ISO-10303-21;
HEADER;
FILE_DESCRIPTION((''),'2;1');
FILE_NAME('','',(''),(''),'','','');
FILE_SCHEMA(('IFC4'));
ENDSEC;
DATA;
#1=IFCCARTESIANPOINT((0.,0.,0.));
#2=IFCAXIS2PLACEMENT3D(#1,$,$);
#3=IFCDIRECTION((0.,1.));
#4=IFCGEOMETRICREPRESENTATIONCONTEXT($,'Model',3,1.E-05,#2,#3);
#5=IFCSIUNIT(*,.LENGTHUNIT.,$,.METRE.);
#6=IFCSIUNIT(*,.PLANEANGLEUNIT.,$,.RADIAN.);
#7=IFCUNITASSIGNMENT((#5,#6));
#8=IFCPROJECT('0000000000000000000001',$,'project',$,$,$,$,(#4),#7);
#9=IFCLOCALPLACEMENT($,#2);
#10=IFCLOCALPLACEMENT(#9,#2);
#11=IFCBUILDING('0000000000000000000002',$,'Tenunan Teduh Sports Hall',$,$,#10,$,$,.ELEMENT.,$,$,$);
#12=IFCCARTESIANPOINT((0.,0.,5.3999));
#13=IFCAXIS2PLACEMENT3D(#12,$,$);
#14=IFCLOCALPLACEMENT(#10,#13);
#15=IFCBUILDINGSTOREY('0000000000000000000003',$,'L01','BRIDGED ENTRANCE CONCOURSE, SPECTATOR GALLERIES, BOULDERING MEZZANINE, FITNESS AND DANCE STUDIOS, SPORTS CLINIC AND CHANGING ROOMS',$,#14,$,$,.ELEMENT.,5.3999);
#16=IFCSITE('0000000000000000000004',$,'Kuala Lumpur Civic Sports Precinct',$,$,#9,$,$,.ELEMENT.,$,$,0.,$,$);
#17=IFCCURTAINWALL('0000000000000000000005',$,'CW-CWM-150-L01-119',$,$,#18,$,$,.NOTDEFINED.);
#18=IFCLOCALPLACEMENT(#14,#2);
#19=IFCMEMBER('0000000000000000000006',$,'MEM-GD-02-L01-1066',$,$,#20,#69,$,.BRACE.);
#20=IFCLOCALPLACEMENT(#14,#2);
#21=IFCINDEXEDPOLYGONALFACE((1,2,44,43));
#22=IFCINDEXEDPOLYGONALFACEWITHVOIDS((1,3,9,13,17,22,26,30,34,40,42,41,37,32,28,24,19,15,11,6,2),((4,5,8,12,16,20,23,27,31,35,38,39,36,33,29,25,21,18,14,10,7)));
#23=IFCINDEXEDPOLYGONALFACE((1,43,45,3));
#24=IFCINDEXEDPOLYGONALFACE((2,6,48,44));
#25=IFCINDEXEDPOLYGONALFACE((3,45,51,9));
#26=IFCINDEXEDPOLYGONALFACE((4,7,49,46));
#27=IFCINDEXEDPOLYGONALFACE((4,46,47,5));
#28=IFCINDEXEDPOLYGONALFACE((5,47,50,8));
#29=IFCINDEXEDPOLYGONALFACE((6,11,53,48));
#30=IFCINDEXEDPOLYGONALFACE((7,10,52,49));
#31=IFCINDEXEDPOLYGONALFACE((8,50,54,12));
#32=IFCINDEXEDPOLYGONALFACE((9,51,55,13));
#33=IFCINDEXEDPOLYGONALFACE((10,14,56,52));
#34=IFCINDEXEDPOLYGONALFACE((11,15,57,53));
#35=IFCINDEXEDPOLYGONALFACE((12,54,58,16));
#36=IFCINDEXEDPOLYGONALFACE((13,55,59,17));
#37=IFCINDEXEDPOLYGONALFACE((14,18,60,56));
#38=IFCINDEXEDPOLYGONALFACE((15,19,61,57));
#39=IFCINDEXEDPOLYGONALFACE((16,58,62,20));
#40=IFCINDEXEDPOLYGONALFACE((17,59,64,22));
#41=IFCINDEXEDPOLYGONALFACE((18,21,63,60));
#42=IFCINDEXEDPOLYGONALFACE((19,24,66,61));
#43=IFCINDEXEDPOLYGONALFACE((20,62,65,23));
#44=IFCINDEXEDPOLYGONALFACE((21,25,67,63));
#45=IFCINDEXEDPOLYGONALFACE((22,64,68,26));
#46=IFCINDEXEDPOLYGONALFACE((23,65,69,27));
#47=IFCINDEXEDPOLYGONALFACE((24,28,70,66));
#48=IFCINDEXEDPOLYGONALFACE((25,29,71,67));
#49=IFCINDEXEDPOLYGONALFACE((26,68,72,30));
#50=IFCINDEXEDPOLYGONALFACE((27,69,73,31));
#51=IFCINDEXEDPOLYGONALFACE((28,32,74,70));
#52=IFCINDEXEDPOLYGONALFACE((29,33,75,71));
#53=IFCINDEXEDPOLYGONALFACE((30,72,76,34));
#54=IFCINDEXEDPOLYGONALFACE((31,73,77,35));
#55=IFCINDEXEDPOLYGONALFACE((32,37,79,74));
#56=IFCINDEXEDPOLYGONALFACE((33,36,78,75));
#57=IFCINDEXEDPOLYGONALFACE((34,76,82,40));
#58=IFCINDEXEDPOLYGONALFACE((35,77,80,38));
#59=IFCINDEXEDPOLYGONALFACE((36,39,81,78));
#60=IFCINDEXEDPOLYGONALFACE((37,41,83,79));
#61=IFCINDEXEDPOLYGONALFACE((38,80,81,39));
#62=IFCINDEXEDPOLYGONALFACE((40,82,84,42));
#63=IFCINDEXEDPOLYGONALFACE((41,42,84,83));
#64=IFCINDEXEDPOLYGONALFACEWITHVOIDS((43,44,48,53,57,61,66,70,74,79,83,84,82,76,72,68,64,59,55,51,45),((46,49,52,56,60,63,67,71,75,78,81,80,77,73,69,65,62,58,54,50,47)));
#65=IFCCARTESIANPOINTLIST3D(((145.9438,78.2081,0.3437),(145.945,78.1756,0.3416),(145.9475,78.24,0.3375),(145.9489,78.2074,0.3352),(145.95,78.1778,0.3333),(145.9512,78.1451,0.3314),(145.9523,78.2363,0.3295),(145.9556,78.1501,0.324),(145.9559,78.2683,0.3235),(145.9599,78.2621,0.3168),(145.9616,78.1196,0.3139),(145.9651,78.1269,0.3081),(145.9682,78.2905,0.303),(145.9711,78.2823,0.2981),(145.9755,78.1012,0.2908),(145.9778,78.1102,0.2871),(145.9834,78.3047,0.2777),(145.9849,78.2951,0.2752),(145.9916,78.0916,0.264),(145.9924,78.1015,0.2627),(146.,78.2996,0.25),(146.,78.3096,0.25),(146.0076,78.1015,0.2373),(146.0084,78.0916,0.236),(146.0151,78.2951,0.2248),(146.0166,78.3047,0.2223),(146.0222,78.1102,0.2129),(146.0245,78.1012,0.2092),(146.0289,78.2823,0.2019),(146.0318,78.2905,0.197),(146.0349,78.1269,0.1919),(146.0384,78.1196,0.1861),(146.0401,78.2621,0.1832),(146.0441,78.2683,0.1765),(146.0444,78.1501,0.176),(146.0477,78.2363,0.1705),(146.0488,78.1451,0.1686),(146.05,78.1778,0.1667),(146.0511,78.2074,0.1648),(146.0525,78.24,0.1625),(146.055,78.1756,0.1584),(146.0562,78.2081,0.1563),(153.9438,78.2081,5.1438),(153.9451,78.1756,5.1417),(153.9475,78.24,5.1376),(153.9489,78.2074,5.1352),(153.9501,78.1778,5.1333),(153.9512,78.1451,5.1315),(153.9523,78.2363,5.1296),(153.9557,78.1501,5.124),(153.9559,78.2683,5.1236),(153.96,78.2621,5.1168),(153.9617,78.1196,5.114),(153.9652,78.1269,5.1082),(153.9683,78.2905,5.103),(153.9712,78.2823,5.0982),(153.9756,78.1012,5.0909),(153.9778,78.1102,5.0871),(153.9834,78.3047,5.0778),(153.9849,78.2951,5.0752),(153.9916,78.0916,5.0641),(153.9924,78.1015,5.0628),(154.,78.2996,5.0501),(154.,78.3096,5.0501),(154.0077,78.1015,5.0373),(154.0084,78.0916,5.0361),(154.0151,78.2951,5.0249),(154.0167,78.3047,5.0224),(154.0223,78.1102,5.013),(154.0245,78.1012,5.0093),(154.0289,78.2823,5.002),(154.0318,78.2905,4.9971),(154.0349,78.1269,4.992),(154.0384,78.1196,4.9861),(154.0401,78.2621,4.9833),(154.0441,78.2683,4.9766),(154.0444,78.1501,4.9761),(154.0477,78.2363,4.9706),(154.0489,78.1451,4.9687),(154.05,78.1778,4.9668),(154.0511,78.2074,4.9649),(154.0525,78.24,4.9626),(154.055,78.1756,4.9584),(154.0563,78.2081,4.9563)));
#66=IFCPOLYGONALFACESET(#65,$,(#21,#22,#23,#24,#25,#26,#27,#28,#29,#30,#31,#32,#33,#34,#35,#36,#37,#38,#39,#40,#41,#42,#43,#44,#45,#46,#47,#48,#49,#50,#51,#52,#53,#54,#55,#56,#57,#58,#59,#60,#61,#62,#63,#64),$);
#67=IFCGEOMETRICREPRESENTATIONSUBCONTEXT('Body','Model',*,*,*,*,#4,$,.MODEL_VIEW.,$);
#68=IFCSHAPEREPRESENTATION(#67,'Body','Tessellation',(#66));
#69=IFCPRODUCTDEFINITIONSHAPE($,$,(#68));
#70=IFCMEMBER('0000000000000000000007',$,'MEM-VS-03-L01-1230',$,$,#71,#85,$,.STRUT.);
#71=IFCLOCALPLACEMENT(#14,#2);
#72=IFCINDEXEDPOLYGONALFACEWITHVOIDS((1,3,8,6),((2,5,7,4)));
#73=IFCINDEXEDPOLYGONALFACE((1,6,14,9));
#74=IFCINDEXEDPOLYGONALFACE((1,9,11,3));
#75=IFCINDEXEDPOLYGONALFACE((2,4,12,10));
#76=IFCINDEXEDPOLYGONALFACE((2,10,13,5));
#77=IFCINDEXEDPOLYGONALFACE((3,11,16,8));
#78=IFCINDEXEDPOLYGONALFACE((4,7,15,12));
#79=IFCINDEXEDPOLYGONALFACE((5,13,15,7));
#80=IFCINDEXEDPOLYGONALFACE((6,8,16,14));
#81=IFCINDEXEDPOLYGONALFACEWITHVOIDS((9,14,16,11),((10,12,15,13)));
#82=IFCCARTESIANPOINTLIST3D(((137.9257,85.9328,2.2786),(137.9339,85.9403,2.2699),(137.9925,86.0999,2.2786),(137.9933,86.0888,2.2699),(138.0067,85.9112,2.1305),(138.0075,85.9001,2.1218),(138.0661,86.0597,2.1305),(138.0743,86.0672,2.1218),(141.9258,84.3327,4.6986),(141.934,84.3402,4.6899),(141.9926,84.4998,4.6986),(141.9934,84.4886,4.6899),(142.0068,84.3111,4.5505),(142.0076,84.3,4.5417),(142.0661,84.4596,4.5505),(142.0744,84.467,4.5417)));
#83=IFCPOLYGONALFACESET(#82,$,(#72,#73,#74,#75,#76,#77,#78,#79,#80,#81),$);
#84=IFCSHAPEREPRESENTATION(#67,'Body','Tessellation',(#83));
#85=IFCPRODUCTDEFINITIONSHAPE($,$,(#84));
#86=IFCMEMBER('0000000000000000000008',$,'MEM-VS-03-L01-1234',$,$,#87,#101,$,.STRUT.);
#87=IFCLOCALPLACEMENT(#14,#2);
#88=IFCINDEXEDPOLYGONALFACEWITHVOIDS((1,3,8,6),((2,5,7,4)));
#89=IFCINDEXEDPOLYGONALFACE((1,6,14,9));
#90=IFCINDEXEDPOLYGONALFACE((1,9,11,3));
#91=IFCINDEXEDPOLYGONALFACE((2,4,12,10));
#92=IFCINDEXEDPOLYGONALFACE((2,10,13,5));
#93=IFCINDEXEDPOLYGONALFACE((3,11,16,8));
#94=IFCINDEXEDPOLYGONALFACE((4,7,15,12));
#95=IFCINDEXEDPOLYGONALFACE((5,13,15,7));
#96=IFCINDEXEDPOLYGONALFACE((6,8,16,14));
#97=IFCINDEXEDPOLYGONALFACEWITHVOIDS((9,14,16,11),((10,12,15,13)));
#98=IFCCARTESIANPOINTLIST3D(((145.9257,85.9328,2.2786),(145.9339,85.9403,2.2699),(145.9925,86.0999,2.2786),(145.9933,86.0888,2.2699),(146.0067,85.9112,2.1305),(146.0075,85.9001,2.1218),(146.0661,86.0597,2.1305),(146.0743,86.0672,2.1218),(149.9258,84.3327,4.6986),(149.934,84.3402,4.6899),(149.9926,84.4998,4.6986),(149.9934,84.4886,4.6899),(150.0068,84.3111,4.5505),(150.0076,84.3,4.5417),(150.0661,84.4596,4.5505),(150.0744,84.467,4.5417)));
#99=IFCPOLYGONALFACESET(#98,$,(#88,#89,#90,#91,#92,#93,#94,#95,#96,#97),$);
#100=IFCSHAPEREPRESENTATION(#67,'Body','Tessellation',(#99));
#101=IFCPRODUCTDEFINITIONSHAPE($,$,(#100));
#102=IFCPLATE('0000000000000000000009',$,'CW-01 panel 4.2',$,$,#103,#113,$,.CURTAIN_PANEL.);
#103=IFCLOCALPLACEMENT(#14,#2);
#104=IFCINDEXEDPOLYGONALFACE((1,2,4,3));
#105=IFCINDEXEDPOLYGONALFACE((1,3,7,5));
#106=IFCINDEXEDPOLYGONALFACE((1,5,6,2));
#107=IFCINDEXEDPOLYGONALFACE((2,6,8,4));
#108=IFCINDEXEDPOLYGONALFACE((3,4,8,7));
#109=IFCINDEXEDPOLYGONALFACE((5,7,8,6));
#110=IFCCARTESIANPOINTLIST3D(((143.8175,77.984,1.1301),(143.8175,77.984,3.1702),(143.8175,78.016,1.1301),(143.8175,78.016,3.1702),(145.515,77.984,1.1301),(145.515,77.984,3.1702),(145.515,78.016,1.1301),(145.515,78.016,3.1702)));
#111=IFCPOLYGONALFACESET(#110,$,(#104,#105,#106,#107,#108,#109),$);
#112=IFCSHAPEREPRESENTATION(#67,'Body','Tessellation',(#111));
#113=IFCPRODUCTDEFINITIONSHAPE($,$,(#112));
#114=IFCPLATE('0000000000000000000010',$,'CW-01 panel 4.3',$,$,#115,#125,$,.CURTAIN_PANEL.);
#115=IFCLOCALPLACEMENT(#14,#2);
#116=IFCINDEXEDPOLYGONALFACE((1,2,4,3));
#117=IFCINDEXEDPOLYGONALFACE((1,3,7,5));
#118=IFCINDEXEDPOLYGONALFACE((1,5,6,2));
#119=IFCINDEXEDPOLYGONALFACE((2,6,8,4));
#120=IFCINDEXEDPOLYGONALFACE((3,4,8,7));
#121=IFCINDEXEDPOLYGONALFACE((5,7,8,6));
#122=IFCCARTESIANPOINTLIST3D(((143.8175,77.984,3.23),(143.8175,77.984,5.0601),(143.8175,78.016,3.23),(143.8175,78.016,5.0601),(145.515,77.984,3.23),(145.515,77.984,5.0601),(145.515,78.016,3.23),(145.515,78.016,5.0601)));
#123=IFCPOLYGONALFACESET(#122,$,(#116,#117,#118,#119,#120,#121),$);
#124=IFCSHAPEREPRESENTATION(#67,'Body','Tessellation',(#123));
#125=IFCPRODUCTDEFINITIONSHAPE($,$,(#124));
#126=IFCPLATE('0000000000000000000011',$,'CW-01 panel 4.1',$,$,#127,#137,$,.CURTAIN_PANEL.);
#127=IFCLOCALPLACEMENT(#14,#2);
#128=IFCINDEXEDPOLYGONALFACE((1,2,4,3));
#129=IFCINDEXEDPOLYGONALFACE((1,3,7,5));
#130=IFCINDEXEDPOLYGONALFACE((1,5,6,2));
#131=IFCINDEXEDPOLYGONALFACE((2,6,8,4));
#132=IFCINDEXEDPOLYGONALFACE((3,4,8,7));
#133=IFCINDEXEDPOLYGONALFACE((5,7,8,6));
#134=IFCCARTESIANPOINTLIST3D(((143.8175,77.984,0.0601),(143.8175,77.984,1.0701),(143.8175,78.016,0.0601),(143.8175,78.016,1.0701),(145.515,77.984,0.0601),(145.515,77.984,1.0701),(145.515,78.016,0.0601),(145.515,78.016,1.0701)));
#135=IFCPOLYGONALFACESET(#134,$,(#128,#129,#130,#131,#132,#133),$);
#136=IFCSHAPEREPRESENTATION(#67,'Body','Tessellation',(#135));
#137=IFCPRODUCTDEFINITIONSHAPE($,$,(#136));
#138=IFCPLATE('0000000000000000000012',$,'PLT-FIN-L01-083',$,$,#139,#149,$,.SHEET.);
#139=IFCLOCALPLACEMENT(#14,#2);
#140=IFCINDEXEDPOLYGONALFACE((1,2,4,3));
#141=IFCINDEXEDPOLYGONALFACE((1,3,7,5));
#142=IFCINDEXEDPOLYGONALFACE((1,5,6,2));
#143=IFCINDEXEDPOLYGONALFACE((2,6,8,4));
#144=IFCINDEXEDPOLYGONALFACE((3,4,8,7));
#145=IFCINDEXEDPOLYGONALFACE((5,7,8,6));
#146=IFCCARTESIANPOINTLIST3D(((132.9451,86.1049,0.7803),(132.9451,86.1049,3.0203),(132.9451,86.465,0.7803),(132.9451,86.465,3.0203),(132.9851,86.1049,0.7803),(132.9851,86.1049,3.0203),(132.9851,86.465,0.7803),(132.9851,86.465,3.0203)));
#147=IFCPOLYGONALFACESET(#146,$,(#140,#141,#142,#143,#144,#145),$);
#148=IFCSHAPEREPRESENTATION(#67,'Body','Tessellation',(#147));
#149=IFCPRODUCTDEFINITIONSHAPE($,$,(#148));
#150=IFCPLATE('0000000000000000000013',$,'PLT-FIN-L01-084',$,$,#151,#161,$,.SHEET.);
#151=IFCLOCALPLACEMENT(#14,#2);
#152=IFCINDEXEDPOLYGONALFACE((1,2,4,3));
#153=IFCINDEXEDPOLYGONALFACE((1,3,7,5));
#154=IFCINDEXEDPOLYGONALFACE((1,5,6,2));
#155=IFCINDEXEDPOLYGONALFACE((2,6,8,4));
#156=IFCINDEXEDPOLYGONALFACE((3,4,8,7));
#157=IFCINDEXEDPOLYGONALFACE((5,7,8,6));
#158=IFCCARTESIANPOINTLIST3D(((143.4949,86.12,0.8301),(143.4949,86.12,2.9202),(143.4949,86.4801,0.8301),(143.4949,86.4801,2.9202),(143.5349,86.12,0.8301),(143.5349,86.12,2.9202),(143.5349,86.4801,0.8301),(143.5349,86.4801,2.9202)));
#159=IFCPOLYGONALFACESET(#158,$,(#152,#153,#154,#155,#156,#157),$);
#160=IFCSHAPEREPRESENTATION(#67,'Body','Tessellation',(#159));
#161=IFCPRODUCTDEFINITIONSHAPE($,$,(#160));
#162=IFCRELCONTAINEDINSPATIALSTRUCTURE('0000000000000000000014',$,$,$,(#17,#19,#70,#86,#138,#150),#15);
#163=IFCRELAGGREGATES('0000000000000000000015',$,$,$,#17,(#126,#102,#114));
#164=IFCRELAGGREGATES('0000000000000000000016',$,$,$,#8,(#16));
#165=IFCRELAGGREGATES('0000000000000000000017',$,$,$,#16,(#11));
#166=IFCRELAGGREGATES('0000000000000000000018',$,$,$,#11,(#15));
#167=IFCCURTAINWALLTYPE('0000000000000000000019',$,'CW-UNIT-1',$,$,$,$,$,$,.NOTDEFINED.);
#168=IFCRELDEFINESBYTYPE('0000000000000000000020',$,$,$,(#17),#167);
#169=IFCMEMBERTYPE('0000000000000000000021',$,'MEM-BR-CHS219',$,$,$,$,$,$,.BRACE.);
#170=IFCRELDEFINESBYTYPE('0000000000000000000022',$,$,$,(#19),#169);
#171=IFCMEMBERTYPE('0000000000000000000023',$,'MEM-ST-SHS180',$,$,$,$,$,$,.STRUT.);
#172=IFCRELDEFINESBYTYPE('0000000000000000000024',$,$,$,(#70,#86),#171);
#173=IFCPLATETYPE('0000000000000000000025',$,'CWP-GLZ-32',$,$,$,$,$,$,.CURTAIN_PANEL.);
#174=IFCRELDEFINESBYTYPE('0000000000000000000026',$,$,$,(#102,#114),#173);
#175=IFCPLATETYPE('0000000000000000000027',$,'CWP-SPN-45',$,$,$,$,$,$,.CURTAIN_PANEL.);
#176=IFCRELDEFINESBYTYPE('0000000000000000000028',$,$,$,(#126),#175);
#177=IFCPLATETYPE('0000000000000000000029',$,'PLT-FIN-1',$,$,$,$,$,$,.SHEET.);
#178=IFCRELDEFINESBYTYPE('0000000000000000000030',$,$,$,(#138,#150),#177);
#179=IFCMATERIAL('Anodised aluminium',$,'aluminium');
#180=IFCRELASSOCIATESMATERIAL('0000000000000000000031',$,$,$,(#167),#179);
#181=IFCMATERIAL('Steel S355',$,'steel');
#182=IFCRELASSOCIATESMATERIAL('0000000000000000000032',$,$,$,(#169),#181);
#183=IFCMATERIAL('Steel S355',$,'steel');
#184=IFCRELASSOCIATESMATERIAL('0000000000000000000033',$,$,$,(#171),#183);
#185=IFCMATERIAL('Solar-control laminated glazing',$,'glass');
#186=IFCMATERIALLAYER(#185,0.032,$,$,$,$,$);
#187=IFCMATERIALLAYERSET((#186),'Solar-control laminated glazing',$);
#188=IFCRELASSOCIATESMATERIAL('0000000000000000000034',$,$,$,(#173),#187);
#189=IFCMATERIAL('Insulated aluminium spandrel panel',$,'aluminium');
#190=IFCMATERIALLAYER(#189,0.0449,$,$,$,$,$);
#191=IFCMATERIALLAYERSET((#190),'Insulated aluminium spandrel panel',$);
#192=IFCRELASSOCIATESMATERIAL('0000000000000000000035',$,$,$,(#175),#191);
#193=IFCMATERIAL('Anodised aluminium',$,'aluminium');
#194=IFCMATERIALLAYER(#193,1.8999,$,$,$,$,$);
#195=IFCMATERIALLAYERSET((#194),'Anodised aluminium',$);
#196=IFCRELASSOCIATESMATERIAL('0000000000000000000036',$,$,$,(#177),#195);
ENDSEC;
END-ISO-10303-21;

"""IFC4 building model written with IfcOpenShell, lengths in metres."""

from ifc_helpers import new_model, si_unit, direction, frame, origin, origin_2d, place, context, subcontext, project, spatial, rectangle, hollow_rectangle, hollow_circle, extrude, material, layer, layer_set, material_profile, profile_set, type_object, element, aggregate, save


model = new_model("IFC4")

# Units and contexts
model_context = context("Model", 3, precision=1e-05, world=origin(), true_north=direction((0.0, 1.0)))
body_context = subcontext(model_context, "Body", "Model", "MODEL_VIEW")
ifc_project = project(units=[si_unit("LENGTHUNIT", "METRE"), si_unit("PLANEANGLEUNIT", "RADIAN")], contexts=[model_context])

# Site, building, storey
site_placement = place(None, origin())
site = spatial("IfcSite", under=ifc_project, at=site_placement, Name="Kuala Lumpur Civic Sports Precinct", CompositionType="ELEMENT", RefElevation=0.0)
building_placement = place(site_placement, origin())
building = spatial("IfcBuilding", under=site, at=building_placement, Name="Tenunan Teduh Sports Hall", CompositionType="ELEMENT")
storey_placement = place(building_placement, frame((0.0, 0.0, 5.3999)))
storey = spatial("IfcBuildingStorey", under=building, at=storey_placement, Name="L01", Description="BRIDGED ENTRANCE CONCOURSE, SPECTATOR GALLERIES, BOULDERING MEZZANINE, FITNESS AND DANCE STUDIOS, SPORTS CLINIC AND CHANGING ROOMS", CompositionType="ELEMENT", Elevation=5.3999)

# Curtain wall
ifc_material_1 = material(Name="Anodised aluminium", Category="aluminium")
curtain_wall_type = type_object("IfcCurtainWallType", Name="CW-UNIT-1", PredefinedType="NOTDEFINED", material=ifc_material_1)
curtain_wall_1_placement = place(storey_placement, origin())
curtain_wall_1 = element("IfcCurtainWall", 1, at=curtain_wall_1_placement, inside=storey, type_object=curtain_wall_type, Name="CW-CWM-150-L01-119", PredefinedType="NOTDEFINED")

# Members
ifc_material_2 = material(Name="Steel S355", Category="steel")
ifc_material_profile_1 = material_profile(ifc_material_2, hollow_circle(Radius=0.1096, WallThickness=0.01, at=origin_2d()), Name="CHS 219.1x10.0")
ifc_profile_set_1 = profile_set([ifc_material_profile_1], Name="Steel S355")
member_type_1 = type_object("IfcMemberType", Name="MEM-BR-CHS219", PredefinedType="BRACE", material=ifc_profile_set_1)
for number, where, z_axis, x_axis, name in (
    (2, (146.0, 78.2, 0.25), (0.857491, 0.0, 0.5145), (0.0, 1.0, 0.0), "MEM-GD-02-L01-1066"),
):
    element("IfcMember", number, at=place(storey_placement, frame(where, z_axis=z_axis, x_axis=x_axis)), inside=storey, type_object=member_type_1, Name=name, PredefinedType="BRACE", context=body_context, shape_type="SweptSolid", body=[
        extrude(hollow_circle(Radius=0.1096, WallThickness=0.01, at=origin_2d()), origin(), (0.0, 0.0, 1.0), 9.3296),
    ])
ifc_material_3 = material(Name="Steel S355", Category="steel")
ifc_material_profile_2 = material_profile(ifc_material_3, hollow_rectangle(XDim=0.1799, YDim=0.1799, WallThickness=0.01, at=origin_2d()), Name="SHS 180x180x10.0")
ifc_profile_set_2 = profile_set([ifc_material_profile_2], Name="Steel S355")
member_type_2 = type_object("IfcMemberType", Name="MEM-ST-SHS180", PredefinedType="STRUT", material=ifc_profile_set_2)
for number, where, z_axis, x_axis, name in (
    (3, (138.0, 86.0, 2.2002), (0.809505, -0.323822, 0.489735), (0.37141, 0.928469, 0.0), "MEM-VS-03-L01-1230"),
    (4, (146.0, 86.0, 2.2002), (0.809505, -0.323822, 0.489735), (0.37141, 0.928469, 0.0), "MEM-VS-03-L01-1234"),
):
    element("IfcMember", number, at=place(storey_placement, frame(where, z_axis=z_axis, x_axis=x_axis)), inside=storey, type_object=member_type_2, Name=name, PredefinedType="STRUT", context=body_context, shape_type="SweptSolid", body=[
        extrude(hollow_rectangle(XDim=0.1799, YDim=0.1799, WallThickness=0.01, at=origin_2d()), origin(), (0.0, 0.0, 1.0), 4.9414),
    ])

# Plates
ifc_material_4 = material(Name="Solar-control laminated glazing", Category="glass")
ifc_layer_1 = layer(ifc_material_4, 0.032)
ifc_layer_set_1 = layer_set([ifc_layer_1], Name="Solar-control laminated glazing")
plate_type_1 = type_object("IfcPlateType", Name="CWP-GLZ-32", PredefinedType="CURTAIN_PANEL", material=ifc_layer_set_1)
plate_1_placement = place(storey_placement, frame((144.6663, 78.0, 1.1301), z_axis=(0.0, 0.0, 1.0), x_axis=(1.0, 0.0, 0.0)))
plate_1 = element("IfcPlate", 5, at=plate_1_placement, type_object=plate_type_1, Name="CW-01 panel 4.2", PredefinedType="CURTAIN_PANEL", context=body_context, shape_type="SweptSolid", body=[
    extrude(rectangle(XDim=1.6975, YDim=0.032, at=origin_2d()), origin(), (0.0, 0.0, 1.0), 2.04),
])
plate_2_placement = place(storey_placement, frame((144.6663, 78.0, 3.23), z_axis=(0.0, 0.0, 1.0), x_axis=(1.0, 0.0, 0.0)))
plate_2 = element("IfcPlate", 6, at=plate_2_placement, type_object=plate_type_1, Name="CW-01 panel 4.3", PredefinedType="CURTAIN_PANEL", context=body_context, shape_type="SweptSolid", body=[
    extrude(rectangle(XDim=1.6975, YDim=0.032, at=origin_2d()), origin(), (0.0, 0.0, 1.0), 1.8301),
])
ifc_material_5 = material(Name="Insulated aluminium spandrel panel", Category="aluminium")
ifc_layer_2 = layer(ifc_material_5, 0.0449)
ifc_layer_set_2 = layer_set([ifc_layer_2], Name="Insulated aluminium spandrel panel")
plate_type_2 = type_object("IfcPlateType", Name="CWP-SPN-45", PredefinedType="CURTAIN_PANEL", material=ifc_layer_set_2)
plate_3_placement = place(storey_placement, frame((144.6663, 78.0, 0.0601), z_axis=(0.0, 0.0, 1.0), x_axis=(1.0, 0.0, 0.0)))
plate_3 = element("IfcPlate", 7, at=plate_3_placement, type_object=plate_type_2, Name="CW-01 panel 4.1", PredefinedType="CURTAIN_PANEL", context=body_context, shape_type="SweptSolid", body=[
    extrude(rectangle(XDim=1.6975, YDim=0.032, at=origin_2d()), origin(), (0.0, 0.0, 1.0), 1.01),
])
aggregate(curtain_wall_1, [plate_3, plate_1, plate_2])

# Plates
ifc_material_6 = material(Name="Anodised aluminium", Category="aluminium")
ifc_layer_3 = layer(ifc_material_6, 1.8999)
ifc_layer_set_3 = layer_set([ifc_layer_3], Name="Anodised aluminium")
plate_type_3 = type_object("IfcPlateType", Name="PLT-FIN-1", PredefinedType="SHEET", material=ifc_layer_set_3)
plate_4_placement = place(storey_placement, frame((132.9651, 86.2849, 0.7803), z_axis=(0.0, 0.0, 1.0), x_axis=(1.0, 0.0, 0.0)))
element("IfcPlate", 8, at=plate_4_placement, inside=storey, type_object=plate_type_3, Name="PLT-FIN-L01-083", PredefinedType="SHEET", context=body_context, shape_type="SweptSolid", body=[
    extrude(rectangle(XDim=0.04, YDim=0.3601, at=origin_2d()), origin(), (0.0, 0.0, 1.0), 2.24),
])
plate_5_placement = place(storey_placement, frame((143.5149, 86.3, 0.8301), z_axis=(0.0, 0.0, 1.0), x_axis=(1.0, 0.0, 0.0)))
element("IfcPlate", 9, at=plate_5_placement, inside=storey, type_object=plate_type_3, Name="PLT-FIN-L01-084", PredefinedType="SHEET", context=body_context, shape_type="SweptSolid", body=[
    extrude(rectangle(XDim=0.04, YDim=0.3601, at=origin_2d()), origin(), (0.0, 0.0, 1.0), 2.0901),
])

save(model, "model.ifc")
